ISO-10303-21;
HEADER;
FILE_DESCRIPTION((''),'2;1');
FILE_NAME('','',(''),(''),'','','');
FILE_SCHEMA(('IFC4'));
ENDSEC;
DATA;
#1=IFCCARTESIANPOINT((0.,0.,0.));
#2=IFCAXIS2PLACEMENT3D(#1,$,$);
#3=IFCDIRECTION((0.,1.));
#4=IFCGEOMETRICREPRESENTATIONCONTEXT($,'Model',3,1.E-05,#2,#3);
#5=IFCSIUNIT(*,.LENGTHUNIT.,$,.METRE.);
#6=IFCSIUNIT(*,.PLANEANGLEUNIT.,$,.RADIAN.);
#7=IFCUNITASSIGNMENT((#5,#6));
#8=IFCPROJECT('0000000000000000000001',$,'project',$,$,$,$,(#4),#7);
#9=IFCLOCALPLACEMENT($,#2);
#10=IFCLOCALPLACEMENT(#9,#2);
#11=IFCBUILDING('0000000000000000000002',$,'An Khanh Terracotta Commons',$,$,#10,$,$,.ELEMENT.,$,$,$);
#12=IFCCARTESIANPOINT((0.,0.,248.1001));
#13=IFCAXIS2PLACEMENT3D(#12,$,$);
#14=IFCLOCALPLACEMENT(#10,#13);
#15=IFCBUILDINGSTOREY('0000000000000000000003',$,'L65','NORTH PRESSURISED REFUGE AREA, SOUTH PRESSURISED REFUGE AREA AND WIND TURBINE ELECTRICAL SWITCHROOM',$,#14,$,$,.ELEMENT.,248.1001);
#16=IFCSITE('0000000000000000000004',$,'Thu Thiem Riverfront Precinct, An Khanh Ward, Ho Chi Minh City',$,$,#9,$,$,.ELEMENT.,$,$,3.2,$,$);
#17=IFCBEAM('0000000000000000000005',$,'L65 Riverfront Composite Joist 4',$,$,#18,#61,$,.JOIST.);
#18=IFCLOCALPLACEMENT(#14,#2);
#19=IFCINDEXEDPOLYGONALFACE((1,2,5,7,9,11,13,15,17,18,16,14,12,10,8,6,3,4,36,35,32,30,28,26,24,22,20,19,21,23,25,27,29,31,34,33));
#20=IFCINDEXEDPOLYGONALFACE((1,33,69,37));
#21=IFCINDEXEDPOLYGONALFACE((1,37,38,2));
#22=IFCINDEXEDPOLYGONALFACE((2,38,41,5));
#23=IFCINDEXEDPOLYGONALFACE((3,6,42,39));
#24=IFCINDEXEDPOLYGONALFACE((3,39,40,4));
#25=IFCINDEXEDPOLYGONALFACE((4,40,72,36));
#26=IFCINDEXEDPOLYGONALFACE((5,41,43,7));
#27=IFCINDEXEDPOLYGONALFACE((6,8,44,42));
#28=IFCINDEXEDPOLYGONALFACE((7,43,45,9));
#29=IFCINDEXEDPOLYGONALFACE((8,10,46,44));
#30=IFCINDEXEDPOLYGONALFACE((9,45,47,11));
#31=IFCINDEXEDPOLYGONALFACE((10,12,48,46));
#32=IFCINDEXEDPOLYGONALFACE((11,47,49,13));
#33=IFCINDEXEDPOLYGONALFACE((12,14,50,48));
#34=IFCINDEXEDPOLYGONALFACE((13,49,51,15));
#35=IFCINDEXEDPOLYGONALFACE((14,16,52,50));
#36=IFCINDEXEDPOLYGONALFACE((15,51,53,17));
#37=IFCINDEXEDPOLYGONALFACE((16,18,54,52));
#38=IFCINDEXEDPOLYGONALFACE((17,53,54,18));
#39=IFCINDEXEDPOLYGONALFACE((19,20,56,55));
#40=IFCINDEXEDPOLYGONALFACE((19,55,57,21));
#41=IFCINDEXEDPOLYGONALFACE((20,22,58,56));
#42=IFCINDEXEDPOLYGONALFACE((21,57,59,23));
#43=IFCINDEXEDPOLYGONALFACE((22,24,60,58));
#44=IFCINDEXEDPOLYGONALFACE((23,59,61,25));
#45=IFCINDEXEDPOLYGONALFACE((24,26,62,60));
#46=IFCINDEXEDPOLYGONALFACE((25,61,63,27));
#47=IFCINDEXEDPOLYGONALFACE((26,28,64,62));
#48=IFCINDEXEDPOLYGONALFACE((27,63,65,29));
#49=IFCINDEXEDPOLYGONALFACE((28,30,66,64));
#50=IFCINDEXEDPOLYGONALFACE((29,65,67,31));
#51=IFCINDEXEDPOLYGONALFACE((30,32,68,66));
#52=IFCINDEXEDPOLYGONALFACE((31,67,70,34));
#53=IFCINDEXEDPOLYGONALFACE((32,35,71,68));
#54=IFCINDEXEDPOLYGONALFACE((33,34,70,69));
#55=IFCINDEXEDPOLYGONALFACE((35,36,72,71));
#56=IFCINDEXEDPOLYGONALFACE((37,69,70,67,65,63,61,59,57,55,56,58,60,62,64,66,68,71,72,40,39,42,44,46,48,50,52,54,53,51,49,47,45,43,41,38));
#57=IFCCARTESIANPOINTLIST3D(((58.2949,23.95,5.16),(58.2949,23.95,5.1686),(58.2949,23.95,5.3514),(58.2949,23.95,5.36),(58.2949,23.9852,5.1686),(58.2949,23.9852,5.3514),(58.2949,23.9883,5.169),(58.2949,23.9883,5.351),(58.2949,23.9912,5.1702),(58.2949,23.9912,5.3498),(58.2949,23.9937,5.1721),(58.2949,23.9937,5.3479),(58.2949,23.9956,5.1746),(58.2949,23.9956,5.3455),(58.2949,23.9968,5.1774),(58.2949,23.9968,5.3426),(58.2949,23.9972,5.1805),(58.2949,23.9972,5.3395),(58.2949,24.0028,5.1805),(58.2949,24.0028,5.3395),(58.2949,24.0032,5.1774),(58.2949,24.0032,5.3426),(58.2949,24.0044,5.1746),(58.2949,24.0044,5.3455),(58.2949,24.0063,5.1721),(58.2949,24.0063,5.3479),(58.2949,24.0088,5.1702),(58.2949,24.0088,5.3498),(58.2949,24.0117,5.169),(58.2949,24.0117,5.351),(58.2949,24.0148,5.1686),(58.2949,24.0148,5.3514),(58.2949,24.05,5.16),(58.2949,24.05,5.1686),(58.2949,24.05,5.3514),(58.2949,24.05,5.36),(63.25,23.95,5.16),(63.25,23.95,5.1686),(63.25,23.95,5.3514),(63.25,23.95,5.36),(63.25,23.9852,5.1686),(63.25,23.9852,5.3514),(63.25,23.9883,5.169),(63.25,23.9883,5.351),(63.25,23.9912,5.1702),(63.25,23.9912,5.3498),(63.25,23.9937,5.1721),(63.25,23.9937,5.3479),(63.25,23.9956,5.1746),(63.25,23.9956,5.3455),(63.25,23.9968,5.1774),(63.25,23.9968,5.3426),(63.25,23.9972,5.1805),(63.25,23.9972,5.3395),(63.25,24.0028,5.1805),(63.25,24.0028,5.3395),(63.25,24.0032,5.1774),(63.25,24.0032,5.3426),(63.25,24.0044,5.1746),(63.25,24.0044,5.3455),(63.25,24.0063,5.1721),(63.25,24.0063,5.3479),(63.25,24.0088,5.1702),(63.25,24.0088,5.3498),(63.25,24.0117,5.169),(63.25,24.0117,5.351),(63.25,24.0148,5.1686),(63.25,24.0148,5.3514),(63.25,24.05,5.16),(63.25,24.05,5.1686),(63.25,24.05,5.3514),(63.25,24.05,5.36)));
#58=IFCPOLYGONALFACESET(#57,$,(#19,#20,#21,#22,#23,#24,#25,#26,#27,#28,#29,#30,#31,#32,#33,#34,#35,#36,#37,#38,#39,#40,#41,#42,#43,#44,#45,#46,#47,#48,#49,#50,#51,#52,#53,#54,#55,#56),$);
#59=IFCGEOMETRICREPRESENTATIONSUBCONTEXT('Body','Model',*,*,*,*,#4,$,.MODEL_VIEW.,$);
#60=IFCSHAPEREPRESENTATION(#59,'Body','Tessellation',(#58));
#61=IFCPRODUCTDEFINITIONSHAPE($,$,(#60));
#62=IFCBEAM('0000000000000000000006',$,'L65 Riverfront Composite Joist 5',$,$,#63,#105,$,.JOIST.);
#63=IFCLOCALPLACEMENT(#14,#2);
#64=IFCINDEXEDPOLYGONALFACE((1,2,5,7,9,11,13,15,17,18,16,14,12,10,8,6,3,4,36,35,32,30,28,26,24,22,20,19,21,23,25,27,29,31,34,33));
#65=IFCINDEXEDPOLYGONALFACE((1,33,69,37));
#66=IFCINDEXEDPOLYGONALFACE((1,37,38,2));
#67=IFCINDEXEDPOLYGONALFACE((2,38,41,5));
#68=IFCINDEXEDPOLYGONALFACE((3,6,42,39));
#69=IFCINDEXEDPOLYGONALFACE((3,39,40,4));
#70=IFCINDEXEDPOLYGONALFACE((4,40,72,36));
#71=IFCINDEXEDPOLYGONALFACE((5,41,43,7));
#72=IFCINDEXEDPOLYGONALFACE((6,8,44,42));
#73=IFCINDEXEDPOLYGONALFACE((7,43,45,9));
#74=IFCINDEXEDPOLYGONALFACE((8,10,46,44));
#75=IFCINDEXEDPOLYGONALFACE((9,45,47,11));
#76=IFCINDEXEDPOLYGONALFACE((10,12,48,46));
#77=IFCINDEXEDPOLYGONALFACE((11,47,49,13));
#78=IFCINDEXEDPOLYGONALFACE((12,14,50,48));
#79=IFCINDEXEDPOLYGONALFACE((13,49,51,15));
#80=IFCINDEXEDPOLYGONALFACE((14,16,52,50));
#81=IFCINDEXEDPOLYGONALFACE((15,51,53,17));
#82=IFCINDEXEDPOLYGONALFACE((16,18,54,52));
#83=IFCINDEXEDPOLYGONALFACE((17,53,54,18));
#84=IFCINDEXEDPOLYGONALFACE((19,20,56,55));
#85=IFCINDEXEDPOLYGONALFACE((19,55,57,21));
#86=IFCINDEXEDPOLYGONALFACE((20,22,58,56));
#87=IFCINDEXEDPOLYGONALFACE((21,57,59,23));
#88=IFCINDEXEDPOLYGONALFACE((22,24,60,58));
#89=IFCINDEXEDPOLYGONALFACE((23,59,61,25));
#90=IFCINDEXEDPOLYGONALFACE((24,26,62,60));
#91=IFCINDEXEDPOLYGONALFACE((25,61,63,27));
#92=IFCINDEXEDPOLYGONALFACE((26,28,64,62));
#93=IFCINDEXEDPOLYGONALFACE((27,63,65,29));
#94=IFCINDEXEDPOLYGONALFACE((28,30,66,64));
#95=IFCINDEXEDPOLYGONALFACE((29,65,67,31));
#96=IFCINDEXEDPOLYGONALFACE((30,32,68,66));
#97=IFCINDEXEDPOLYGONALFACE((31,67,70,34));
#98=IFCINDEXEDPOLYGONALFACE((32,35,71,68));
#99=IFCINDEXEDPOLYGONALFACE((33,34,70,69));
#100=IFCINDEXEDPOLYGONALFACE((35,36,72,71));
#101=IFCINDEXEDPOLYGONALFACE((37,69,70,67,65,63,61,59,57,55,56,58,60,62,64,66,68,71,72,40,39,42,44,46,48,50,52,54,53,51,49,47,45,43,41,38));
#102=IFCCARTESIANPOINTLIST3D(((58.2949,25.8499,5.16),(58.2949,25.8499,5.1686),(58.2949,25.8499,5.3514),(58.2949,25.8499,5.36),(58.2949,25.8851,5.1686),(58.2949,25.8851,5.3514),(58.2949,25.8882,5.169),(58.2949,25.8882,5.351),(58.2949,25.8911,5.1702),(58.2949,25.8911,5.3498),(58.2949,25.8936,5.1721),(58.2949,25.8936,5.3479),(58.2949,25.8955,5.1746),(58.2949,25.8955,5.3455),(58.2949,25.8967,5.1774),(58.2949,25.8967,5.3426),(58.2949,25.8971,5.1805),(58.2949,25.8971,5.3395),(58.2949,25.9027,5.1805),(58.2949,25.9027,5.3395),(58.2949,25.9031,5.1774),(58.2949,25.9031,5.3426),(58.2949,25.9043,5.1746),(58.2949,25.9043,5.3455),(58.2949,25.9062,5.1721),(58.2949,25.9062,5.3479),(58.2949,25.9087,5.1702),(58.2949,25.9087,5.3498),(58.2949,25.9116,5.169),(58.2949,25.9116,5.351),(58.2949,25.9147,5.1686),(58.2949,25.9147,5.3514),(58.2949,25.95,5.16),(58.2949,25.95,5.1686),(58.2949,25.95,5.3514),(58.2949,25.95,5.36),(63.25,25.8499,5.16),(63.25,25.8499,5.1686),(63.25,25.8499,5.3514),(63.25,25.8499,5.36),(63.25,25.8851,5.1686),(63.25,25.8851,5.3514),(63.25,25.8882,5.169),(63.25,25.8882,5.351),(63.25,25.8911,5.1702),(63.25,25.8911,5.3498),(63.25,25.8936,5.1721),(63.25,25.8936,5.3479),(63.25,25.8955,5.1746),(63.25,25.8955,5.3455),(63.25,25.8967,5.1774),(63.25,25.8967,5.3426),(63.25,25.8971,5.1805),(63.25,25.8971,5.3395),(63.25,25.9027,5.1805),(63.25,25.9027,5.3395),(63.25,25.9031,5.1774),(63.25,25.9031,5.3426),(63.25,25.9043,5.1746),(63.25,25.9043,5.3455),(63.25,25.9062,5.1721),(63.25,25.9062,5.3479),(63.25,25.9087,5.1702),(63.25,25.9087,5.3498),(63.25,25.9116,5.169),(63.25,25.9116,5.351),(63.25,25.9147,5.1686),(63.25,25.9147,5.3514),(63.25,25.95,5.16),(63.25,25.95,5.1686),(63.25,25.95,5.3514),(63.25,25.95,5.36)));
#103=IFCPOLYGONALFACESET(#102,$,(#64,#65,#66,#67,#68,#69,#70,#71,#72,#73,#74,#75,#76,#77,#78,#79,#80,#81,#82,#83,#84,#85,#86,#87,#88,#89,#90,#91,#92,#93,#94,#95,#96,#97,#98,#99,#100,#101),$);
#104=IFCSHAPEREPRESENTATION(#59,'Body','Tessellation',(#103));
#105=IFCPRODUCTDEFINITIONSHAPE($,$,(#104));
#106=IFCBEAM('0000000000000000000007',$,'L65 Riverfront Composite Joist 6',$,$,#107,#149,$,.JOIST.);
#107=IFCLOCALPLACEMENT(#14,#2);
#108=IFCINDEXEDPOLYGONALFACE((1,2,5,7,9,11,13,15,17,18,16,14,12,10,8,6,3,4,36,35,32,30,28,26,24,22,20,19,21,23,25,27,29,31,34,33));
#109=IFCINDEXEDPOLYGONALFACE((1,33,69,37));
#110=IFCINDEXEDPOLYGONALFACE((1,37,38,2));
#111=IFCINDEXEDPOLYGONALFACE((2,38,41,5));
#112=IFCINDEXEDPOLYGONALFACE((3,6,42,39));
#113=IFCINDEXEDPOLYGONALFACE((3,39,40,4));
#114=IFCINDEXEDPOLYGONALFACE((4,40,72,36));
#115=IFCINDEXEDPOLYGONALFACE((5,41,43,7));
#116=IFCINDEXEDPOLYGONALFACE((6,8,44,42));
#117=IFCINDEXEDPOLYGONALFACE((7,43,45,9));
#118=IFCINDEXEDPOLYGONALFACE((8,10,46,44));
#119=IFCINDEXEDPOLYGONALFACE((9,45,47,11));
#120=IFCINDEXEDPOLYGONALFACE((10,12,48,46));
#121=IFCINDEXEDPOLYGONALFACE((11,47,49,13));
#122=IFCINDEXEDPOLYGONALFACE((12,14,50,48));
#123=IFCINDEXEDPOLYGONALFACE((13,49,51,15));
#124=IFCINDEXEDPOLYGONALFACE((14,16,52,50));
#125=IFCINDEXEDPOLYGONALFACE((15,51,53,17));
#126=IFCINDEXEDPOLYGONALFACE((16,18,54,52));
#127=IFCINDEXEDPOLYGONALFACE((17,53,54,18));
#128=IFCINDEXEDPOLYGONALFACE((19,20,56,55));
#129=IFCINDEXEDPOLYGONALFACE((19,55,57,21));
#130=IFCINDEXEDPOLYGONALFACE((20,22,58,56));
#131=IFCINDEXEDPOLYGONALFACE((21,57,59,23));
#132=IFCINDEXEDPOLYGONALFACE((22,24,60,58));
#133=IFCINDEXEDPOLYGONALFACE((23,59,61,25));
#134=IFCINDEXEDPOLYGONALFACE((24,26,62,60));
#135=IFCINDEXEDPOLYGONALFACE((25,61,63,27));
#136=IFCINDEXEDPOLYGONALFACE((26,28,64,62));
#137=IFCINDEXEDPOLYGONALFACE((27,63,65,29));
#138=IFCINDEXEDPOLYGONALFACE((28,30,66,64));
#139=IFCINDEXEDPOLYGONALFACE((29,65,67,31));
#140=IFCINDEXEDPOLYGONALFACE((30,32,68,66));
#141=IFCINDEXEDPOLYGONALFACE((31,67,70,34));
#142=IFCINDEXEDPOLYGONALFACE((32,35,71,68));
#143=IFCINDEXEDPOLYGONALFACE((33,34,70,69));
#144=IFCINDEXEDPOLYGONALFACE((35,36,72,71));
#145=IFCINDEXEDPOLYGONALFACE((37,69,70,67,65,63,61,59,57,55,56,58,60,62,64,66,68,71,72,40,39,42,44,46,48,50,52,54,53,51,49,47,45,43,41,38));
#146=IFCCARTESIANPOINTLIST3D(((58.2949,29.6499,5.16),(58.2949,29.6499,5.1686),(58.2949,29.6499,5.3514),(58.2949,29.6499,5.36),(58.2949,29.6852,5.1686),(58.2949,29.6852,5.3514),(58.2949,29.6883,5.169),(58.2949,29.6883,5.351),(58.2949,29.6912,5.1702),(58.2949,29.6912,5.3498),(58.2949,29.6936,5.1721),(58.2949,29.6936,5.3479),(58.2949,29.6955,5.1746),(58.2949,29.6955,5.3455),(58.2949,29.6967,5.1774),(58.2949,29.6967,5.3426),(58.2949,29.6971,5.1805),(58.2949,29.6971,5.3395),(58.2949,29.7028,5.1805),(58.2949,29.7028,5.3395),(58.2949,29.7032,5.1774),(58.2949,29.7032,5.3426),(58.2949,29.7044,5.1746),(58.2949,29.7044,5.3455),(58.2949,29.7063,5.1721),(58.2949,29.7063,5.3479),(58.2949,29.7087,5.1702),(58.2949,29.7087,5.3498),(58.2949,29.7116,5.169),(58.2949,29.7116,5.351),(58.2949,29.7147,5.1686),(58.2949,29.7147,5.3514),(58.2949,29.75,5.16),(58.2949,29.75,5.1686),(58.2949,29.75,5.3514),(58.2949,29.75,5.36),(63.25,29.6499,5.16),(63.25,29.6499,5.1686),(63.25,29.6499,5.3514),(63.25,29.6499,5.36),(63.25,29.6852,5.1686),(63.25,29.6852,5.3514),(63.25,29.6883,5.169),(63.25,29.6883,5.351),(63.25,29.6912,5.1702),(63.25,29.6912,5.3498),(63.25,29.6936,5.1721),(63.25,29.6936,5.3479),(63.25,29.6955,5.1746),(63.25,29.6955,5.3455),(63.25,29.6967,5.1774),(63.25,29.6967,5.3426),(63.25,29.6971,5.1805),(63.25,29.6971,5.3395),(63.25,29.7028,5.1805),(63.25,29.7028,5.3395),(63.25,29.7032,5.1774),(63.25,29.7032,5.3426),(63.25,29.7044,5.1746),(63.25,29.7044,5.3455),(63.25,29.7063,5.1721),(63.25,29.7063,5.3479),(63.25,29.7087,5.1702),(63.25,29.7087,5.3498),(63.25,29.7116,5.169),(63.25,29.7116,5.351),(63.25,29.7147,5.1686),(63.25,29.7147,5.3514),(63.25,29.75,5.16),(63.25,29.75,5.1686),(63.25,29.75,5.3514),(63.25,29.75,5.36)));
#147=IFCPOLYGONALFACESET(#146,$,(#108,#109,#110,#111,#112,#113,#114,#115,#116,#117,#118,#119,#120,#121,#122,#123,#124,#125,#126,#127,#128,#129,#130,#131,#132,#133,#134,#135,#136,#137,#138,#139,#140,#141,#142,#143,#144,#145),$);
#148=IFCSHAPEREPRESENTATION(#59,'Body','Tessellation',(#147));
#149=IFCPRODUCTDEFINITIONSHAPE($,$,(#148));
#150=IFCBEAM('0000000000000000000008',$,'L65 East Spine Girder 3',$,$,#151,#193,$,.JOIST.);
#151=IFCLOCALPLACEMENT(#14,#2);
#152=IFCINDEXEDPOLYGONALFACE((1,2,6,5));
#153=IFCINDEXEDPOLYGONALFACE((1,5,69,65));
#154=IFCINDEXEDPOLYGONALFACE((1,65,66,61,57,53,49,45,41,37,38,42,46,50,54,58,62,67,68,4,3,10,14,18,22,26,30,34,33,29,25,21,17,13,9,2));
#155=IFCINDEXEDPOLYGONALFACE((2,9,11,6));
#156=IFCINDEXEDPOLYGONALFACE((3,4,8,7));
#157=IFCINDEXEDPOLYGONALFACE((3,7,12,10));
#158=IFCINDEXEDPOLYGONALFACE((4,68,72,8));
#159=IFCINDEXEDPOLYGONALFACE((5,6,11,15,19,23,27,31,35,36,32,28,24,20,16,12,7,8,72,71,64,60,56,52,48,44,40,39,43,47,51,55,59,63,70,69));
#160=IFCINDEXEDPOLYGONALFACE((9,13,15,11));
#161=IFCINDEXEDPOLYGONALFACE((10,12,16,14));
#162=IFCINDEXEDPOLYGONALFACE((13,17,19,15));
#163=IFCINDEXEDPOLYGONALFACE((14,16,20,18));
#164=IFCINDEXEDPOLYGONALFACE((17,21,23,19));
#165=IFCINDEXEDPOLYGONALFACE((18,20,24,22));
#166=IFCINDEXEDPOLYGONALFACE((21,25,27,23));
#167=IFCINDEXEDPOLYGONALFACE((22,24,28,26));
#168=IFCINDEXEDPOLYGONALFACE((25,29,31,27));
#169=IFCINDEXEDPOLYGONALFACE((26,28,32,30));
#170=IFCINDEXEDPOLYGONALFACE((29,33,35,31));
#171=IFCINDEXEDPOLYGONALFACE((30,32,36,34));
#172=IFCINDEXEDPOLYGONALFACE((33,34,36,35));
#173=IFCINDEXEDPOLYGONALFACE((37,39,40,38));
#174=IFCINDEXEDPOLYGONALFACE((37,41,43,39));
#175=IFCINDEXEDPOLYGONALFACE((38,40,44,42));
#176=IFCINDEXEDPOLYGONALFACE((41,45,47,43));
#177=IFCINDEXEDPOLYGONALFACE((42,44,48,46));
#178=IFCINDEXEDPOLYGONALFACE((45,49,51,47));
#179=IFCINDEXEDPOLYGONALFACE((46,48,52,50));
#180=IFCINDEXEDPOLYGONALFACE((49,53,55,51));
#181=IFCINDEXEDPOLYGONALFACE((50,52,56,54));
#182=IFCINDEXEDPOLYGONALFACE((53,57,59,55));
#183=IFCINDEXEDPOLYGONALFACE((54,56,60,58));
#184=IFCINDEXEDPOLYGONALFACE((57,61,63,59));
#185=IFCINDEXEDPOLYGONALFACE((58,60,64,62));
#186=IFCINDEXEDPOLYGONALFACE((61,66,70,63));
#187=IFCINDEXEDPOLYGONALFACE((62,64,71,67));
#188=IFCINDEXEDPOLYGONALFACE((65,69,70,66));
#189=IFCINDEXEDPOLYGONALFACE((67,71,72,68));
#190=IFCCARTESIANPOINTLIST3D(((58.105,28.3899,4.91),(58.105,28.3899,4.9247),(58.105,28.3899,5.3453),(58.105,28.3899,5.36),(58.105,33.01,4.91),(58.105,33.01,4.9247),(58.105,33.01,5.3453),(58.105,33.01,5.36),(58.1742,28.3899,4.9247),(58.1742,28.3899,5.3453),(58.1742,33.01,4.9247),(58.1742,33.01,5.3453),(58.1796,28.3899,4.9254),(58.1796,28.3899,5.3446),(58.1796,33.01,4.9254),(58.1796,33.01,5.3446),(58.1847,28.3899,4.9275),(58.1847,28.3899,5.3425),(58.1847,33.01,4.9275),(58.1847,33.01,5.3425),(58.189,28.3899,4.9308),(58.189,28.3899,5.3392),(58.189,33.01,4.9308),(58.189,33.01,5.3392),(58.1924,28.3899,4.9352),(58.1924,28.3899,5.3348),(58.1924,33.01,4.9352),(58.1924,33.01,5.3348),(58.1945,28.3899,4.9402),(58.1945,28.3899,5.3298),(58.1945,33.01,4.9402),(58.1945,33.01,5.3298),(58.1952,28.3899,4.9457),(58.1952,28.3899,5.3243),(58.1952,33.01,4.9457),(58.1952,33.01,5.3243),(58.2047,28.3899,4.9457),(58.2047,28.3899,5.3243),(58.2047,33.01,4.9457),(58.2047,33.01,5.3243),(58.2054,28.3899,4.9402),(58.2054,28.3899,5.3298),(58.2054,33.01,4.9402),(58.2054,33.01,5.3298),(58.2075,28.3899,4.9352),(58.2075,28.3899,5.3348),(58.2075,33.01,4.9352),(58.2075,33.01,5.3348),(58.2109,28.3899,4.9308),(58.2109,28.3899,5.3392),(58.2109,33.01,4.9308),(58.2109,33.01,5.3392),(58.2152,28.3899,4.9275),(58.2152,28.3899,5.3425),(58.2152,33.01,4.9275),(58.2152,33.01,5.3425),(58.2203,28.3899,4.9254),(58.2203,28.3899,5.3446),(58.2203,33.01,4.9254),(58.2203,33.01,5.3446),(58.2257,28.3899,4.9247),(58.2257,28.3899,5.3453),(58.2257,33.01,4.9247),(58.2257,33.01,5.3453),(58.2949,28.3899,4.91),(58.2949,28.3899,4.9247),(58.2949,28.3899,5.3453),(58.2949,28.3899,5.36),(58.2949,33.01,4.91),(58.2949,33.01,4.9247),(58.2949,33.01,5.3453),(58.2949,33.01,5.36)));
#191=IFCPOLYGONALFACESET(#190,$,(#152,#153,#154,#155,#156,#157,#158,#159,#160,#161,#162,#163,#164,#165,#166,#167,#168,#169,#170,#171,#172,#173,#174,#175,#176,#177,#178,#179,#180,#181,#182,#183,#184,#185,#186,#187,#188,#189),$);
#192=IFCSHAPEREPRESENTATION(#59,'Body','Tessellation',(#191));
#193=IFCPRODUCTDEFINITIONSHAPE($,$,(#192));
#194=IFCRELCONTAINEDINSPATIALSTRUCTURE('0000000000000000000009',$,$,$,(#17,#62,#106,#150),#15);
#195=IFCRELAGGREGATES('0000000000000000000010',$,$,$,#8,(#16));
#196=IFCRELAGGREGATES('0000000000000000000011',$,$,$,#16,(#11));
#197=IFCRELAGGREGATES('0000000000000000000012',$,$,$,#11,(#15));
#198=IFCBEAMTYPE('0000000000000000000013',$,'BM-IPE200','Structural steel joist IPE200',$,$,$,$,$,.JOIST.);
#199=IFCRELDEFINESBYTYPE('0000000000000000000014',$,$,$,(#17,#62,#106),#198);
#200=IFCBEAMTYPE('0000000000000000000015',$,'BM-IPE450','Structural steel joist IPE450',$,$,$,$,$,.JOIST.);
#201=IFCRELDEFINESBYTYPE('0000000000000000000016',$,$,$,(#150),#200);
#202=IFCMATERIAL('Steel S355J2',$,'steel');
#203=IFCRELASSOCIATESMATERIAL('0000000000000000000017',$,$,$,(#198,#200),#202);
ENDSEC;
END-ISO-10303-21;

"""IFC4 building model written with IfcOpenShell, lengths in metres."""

from ifc_helpers import new_model, si_unit, direction, frame, origin, origin_2d, place, context, subcontext, project, spatial, i_section, extrude, material, material_profile, profile_set, type_object, element, save


model = new_model("IFC4")

# Units and contexts
model_context = context("Model", 3, precision=1e-05, world=origin(), true_north=direction((0.0, 1.0)))
body_context = subcontext(model_context, "Body", "Model", "MODEL_VIEW")
ifc_project = project(units=[si_unit("LENGTHUNIT", "METRE"), si_unit("PLANEANGLEUNIT", "RADIAN")], contexts=[model_context])

# Site, building, storey
site_placement = place(None, origin())
site = spatial("IfcSite", under=ifc_project, at=site_placement, Name="Thu Thiem Riverfront Precinct, An Khanh Ward, Ho Chi Minh City", CompositionType="ELEMENT", RefElevation=3.2)
building_placement = place(site_placement, origin())
building = spatial("IfcBuilding", under=site, at=building_placement, Name="An Khanh Terracotta Commons", CompositionType="ELEMENT")
storey_placement = place(building_placement, frame((0.0, 0.0, 248.1001)))
storey = spatial("IfcBuildingStorey", under=building, at=storey_placement, Name="L65", Description="NORTH PRESSURISED REFUGE AREA, SOUTH PRESSURISED REFUGE AREA AND WIND TURBINE ELECTRICAL SWITCHROOM", CompositionType="ELEMENT", Elevation=248.1001)

# Beams
ifc_material_1 = material(Name="Steel S355J2", Category="steel")
ifc_material_profile_1 = material_profile(ifc_material_1, i_section(OverallWidth=0.1001, OverallDepth=0.2, WebThickness=0.0056, FlangeThickness=0.0085, FilletRadius=0.012, at=origin_2d()), Name="IPE200")
ifc_profile_set_1 = profile_set([ifc_material_profile_1], Name="Steel S355J2")
beam_type_1 = type_object("IfcBeamType", Name="BM-IPE200", Description="Structural steel joist IPE200", PredefinedType="JOIST", material=ifc_profile_set_1)
for number, where, z_axis, x_axis, name in (
    (1, (58.2949, 24.0, 5.26), (1.0, 0.0, 0.0), (0.0, 1.0, 0.0), "L65 Riverfront Composite Joist 4"),
    (2, (58.2949, 25.8999, 5.26), (1.0, 0.0, 0.0), (0.0, 1.0, 0.0), "L65 Riverfront Composite Joist 5"),
    (3, (58.2949, 29.7, 5.26), (1.0, 0.0, 0.0), (0.0, 1.0, 0.0), "L65 Riverfront Composite Joist 6"),
):
    element("IfcBeam", number, at=place(storey_placement, frame(where, z_axis=z_axis, x_axis=x_axis)), inside=storey, type_object=beam_type_1, Name=name, PredefinedType="JOIST", context=body_context, shape_type="SweptSolid", body=[
        extrude(i_section(OverallWidth=0.1001, OverallDepth=0.2, WebThickness=0.0056, FlangeThickness=0.0085, FilletRadius=0.012, at=origin_2d()), origin(), (0.0, 0.0, 1.0), 4.9551),
    ])
ifc_material_profile_2 = material_profile(ifc_material_1, i_section(OverallWidth=0.1899, OverallDepth=0.45, WebThickness=0.0095, FlangeThickness=0.0146, FilletRadius=0.021, at=origin_2d()), Name="IPE450")
ifc_profile_set_2 = profile_set([ifc_material_profile_2], Name="Steel S355J2")
beam_type_2 = type_object("IfcBeamType", Name="BM-IPE450", Description="Structural steel joist IPE450", PredefinedType="JOIST", material=ifc_profile_set_2)
beam_1_placement = place(storey_placement, frame((58.2, 28.3899, 5.135), z_axis=(0.0, 1.0, 0.0), x_axis=(-1.0, 0.0, 0.0)))
element("IfcBeam", 4, at=beam_1_placement, inside=storey, type_object=beam_type_2, Name="L65 East Spine Girder 3", PredefinedType="JOIST", context=body_context, shape_type="SweptSolid", body=[
    extrude(i_section(OverallWidth=0.1899, OverallDepth=0.45, WebThickness=0.0095, FlangeThickness=0.0146, FilletRadius=0.021, at=origin_2d()), origin(), (0.0, 0.0, 1.0), 4.6201),
])

save(model, "model.ifc")
